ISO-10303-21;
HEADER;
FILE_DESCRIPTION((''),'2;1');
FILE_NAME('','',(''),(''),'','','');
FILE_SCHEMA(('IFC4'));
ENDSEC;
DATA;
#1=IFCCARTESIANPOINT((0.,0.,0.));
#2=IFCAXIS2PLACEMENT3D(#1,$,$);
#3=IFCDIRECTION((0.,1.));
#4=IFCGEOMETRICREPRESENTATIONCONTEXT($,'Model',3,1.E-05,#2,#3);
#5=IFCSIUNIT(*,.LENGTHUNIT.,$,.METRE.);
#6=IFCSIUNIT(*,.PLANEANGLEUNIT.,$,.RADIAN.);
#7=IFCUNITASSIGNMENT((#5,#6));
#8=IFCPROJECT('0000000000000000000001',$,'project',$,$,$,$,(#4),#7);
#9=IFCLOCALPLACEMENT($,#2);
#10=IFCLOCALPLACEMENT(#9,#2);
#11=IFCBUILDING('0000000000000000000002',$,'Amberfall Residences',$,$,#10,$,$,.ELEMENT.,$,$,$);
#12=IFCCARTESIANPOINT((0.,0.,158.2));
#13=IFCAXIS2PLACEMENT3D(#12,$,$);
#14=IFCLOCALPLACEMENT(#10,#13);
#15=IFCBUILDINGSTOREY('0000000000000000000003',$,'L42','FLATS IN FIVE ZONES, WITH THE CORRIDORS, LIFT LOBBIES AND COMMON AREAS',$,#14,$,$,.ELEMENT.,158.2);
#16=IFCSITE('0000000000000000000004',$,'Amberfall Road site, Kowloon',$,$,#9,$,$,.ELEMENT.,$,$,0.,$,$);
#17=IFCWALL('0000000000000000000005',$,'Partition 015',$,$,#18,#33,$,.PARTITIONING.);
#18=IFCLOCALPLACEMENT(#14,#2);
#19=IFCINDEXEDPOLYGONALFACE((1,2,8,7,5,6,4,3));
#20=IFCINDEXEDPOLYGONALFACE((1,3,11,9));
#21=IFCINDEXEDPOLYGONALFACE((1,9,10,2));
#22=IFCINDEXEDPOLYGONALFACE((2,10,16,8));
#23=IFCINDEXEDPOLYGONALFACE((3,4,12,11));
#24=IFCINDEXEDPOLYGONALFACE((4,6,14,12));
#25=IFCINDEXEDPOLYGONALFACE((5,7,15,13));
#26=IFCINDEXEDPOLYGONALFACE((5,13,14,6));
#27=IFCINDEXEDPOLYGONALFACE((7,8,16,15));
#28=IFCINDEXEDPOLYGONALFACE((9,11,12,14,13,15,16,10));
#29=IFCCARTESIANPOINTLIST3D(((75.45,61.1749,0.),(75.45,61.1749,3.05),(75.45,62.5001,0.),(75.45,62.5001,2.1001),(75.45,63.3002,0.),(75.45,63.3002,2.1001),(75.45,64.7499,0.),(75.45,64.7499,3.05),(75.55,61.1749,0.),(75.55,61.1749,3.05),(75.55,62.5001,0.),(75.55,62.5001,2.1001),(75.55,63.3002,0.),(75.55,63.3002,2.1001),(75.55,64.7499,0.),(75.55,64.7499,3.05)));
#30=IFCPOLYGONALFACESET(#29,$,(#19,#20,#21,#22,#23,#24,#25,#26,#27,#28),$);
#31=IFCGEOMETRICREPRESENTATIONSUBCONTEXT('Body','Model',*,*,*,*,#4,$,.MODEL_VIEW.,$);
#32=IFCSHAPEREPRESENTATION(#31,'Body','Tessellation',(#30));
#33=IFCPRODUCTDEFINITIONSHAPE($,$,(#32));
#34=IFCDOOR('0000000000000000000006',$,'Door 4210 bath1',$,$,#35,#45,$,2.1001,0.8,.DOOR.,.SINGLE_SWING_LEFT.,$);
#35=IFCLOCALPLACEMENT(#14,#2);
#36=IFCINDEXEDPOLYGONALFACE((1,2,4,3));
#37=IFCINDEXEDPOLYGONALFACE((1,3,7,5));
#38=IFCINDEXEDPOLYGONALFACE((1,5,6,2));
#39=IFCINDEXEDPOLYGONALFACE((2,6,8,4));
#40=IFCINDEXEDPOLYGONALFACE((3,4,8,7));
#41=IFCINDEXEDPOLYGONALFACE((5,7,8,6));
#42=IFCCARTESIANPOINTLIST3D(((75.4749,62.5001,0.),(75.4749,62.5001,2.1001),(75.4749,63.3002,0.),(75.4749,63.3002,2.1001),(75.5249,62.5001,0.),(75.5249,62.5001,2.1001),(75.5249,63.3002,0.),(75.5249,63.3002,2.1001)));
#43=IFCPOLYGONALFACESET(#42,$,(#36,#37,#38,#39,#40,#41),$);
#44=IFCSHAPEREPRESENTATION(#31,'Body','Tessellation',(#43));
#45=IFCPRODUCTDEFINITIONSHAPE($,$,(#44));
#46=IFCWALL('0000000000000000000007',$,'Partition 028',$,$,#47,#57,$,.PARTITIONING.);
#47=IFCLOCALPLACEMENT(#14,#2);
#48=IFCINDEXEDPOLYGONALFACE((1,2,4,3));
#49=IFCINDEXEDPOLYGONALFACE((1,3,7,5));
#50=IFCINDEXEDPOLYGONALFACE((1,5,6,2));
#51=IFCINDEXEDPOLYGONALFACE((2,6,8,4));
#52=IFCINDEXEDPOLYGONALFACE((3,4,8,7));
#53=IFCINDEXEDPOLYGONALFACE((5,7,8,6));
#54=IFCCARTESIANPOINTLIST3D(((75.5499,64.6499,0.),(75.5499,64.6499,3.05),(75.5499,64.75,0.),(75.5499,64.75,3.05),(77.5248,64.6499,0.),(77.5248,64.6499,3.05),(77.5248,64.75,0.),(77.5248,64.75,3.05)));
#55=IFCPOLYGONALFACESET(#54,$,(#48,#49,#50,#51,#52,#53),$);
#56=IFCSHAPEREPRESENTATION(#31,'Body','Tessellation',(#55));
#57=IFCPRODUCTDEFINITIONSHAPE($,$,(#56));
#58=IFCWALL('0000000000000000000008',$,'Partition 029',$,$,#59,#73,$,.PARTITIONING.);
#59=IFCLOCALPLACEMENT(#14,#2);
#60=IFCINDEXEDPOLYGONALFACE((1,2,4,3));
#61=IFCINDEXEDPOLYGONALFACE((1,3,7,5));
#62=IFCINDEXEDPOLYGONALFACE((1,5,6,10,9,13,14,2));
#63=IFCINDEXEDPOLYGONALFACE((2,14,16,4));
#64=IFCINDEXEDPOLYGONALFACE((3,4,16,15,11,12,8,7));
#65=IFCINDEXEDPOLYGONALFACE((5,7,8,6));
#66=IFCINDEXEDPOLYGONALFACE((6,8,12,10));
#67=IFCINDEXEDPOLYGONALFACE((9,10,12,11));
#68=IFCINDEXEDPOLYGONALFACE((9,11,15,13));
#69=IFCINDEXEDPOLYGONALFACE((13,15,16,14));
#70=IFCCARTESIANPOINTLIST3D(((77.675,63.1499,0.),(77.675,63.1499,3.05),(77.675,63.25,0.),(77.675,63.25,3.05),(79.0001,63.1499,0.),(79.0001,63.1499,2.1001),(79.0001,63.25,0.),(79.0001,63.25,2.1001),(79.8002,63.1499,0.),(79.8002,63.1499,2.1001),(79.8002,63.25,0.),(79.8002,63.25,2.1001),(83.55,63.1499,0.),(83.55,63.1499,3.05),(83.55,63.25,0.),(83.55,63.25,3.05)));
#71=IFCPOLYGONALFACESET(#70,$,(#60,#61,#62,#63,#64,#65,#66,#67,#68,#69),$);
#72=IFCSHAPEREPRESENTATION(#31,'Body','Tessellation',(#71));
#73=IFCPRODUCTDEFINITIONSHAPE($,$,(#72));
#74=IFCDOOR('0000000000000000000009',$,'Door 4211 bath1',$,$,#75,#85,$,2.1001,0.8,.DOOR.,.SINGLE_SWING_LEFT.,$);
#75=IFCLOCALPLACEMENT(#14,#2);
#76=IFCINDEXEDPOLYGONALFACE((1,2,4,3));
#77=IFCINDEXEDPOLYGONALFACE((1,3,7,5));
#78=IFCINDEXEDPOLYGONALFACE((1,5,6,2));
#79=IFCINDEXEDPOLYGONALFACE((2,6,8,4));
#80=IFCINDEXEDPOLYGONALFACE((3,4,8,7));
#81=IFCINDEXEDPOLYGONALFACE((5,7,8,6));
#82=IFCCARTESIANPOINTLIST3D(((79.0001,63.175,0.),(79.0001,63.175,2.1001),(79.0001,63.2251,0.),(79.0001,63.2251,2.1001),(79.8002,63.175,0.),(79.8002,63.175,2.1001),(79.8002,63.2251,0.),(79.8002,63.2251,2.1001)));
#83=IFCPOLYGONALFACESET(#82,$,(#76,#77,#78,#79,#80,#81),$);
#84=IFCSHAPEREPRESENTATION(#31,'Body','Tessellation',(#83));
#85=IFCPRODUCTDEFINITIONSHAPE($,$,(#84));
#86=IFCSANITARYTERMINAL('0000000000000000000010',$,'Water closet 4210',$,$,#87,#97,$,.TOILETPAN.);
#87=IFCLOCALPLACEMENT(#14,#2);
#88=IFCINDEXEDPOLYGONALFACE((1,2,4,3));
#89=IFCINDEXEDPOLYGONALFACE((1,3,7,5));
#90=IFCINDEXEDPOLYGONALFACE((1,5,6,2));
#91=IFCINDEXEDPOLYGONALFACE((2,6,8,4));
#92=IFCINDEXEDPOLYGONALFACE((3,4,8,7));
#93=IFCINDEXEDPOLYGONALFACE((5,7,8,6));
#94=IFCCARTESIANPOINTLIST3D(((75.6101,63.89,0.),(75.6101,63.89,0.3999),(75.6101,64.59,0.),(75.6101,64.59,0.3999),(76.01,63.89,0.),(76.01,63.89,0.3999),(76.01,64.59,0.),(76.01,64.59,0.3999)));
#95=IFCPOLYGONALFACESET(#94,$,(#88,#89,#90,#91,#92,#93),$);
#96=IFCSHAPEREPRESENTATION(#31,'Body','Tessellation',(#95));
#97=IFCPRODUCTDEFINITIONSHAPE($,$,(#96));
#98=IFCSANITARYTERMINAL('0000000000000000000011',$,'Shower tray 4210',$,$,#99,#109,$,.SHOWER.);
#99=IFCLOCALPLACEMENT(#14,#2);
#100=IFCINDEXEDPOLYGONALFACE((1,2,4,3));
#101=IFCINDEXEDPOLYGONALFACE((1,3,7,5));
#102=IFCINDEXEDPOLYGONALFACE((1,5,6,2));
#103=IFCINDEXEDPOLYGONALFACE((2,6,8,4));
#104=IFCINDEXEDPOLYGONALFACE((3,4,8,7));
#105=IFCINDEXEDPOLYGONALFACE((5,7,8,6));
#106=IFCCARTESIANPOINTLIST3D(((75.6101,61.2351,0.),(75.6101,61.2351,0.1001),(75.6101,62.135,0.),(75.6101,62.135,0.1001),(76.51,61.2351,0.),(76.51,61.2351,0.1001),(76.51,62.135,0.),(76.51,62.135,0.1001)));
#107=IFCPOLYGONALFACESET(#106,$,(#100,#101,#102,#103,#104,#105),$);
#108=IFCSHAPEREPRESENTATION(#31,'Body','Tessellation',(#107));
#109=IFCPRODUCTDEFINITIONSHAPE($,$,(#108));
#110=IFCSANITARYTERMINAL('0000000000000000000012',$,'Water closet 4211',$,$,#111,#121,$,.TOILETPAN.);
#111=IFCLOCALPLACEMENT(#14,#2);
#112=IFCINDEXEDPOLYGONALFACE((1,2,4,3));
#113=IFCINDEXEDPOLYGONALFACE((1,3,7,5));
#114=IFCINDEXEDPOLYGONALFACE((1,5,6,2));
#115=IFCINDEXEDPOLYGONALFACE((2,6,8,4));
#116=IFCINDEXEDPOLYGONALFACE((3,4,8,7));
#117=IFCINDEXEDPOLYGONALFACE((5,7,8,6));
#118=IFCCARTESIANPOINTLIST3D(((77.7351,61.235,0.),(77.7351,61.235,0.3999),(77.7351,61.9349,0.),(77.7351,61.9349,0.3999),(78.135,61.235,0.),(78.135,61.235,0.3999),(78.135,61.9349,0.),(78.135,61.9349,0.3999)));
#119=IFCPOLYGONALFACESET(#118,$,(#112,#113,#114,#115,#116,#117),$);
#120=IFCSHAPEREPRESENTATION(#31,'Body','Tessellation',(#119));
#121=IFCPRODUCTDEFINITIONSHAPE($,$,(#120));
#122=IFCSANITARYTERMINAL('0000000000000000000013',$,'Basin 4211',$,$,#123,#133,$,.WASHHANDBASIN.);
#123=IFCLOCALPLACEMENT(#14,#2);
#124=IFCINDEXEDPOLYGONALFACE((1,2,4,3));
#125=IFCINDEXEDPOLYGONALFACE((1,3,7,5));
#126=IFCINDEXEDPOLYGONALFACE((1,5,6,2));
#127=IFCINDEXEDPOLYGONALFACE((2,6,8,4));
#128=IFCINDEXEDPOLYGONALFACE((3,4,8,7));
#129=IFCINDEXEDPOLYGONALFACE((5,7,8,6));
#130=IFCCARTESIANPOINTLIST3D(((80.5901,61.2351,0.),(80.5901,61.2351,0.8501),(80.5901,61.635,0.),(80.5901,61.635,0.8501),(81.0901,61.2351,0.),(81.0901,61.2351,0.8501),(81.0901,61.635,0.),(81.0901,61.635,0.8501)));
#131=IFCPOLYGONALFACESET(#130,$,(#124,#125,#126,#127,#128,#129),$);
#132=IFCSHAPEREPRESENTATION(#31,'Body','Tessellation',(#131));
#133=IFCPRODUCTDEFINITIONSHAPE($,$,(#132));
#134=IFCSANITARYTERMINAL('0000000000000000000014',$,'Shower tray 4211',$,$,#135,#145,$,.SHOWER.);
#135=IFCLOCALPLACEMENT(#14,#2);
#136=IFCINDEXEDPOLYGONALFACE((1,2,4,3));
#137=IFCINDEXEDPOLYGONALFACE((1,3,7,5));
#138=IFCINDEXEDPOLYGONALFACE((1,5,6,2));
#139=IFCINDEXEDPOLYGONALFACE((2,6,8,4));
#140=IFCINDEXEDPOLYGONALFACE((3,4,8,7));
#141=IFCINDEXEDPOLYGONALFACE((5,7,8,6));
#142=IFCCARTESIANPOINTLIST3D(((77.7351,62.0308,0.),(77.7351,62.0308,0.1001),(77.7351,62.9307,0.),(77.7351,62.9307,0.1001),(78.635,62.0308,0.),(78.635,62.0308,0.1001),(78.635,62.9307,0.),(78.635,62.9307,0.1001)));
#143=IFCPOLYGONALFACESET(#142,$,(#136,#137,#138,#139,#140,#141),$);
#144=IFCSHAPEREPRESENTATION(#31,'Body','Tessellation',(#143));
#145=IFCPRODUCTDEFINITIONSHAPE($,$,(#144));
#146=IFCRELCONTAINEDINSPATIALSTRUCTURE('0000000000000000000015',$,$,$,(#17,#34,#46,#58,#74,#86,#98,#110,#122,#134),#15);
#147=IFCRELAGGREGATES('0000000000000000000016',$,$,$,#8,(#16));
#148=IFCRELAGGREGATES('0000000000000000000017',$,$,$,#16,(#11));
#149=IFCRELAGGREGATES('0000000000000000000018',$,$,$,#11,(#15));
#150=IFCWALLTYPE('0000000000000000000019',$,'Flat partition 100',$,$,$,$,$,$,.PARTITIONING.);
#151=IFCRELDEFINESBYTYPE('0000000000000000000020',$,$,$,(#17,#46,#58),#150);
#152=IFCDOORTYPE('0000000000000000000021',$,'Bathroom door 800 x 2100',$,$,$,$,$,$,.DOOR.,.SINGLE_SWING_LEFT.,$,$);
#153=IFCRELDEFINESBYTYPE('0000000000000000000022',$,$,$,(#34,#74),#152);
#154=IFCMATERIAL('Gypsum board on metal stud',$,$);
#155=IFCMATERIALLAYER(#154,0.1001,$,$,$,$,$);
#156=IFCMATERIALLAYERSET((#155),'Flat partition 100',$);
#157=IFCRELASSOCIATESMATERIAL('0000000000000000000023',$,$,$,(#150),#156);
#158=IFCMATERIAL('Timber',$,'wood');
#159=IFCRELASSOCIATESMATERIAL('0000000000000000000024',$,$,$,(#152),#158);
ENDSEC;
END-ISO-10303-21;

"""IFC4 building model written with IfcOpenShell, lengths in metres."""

from ifc_helpers import new_model, si_unit, direction, frame, frame_2d, origin, origin_2d, place, context, subcontext, project, spatial, rectangle, extrude, material, layer, layer_set, type_object, element, fill, save


model = new_model("IFC4")

# Units and contexts
model_context = context("Model", 3, precision=1e-05, world=origin(), true_north=direction((0.0, 1.0)))
body_context = subcontext(model_context, "Body", "Model", "MODEL_VIEW")
ifc_project = project(units=[si_unit("LENGTHUNIT", "METRE"), si_unit("PLANEANGLEUNIT", "RADIAN")], contexts=[model_context])

# Site, building, storey
site_placement = place(None, origin())
site = spatial("IfcSite", under=ifc_project, at=site_placement, Name="Amberfall Road site, Kowloon", CompositionType="ELEMENT", RefElevation=0.0)
building_placement = place(site_placement, origin())
building = spatial("IfcBuilding", under=site, at=building_placement, Name="Amberfall Residences", CompositionType="ELEMENT")
storey_placement = place(building_placement, frame((0.0, 0.0, 158.2)))
storey = spatial("IfcBuildingStorey", under=building, at=storey_placement, Name="L42", Description="FLATS IN FIVE ZONES, WITH THE CORRIDORS, LIFT LOBBIES AND COMMON AREAS", CompositionType="ELEMENT", Elevation=158.2)

# Wall, opening, door
ifc_material_1 = material(Name="Gypsum board on metal stud")
ifc_layer_1 = layer(ifc_material_1, 0.1001)
ifc_layer_set_1 = layer_set([ifc_layer_1], Name="Flat partition 100")
wall_type = type_object("IfcWallType", Name="Flat partition 100", PredefinedType="PARTITIONING", material=ifc_layer_set_1)
wall_1_placement = place(storey_placement, frame((75.5, 64.75, 0.0), z_axis=(0.0, 0.0, 1.0), x_axis=(0.0, -1.0, 0.0)))
wall_1 = element("IfcWall", 1, at=wall_1_placement, inside=storey, type_object=wall_type, Name="Partition 015", PredefinedType="PARTITIONING", context=body_context, shape_type="SweptSolid", body=[
    extrude(rectangle(XDim=3.575, YDim=0.1001, at=frame_2d((1.7876, 0.0))), origin(), (0.0, 0.0, 1.0), 3.05),
])
opening_1_placement = place(wall_1_placement, frame((1.45, 0.0, 0.0)))
opening_1 = element("IfcOpeningElement", 2, at=opening_1_placement, cuts=wall_1, PredefinedType="OPENING", context=body_context, shape_type="SweptSolid", body=[
    extrude(rectangle(XDim=0.8, YDim=2.1001, at=frame_2d((0.3999, 1.05))), frame((0.0, 0.0601, 0.0), z_axis=(0.0, -1.0, 0.0), x_axis=(1.0, 0.0, 0.0)), (0.0, 0.0, 1.0), 0.1201),
])
ifc_material_2 = material(Name="Timber", Category="wood")
door_type = type_object("IfcDoorType", Name="Bathroom door 800 x 2100", OperationType="SINGLE_SWING_LEFT", PredefinedType="DOOR", material=ifc_material_2)
door_1_placement = place(opening_1_placement, origin())
door_1 = element("IfcDoor", 3, at=door_1_placement, inside=storey, type_object=door_type, Name="Door 4210 bath1", OperationType="SINGLE_SWING_LEFT", OverallHeight=2.1001, OverallWidth=0.8, PredefinedType="DOOR", context=body_context, shape_type="SweptSolid", body=[
    extrude(rectangle(XDim=0.8, YDim=2.1001, at=frame_2d((0.3999, 1.05))), frame((0.0, 0.0249, 0.0), z_axis=(0.0, -1.0, 0.0), x_axis=(1.0, 0.0, 0.0)), (0.0, 0.0, 1.0), 0.05),
])
fill(opening_1, door_1)

# Wall
wall_2_placement = place(storey_placement, frame((75.55, 64.7, 0.0), z_axis=(0.0, 0.0, 1.0), x_axis=(1.0, 0.0, 0.0)))
element("IfcWall", 4, at=wall_2_placement, inside=storey, type_object=wall_type, Name="Partition 028", PredefinedType="PARTITIONING", context=body_context, shape_type="SweptSolid", body=[
    extrude(rectangle(XDim=1.9749, YDim=0.1001, at=frame_2d((0.9873, 0.0))), origin(), (0.0, 0.0, 1.0), 3.05),
])

# Wall, opening, door
wall_3_placement = place(storey_placement, frame((83.55, 63.2, 0.0), z_axis=(0.0, 0.0, 1.0), x_axis=(-1.0, 0.0, 0.0)))
wall_3 = element("IfcWall", 5, at=wall_3_placement, inside=storey, type_object=wall_type, Name="Partition 029", PredefinedType="PARTITIONING", context=body_context, shape_type="SweptSolid", body=[
    extrude(rectangle(XDim=5.875, YDim=0.1001, at=frame_2d((2.9375, 0.0))), origin(), (0.0, 0.0, 1.0), 3.05),
])
opening_2_placement = place(wall_3_placement, frame((3.75, 0.0, 0.0)))
opening_2 = element("IfcOpeningElement", 6, at=opening_2_placement, cuts=wall_3, PredefinedType="OPENING", context=body_context, shape_type="SweptSolid", body=[
    extrude(rectangle(XDim=0.8, YDim=2.1001, at=frame_2d((0.3999, 1.05))), frame((0.0, 0.0601, 0.0), z_axis=(0.0, -1.0, 0.0), x_axis=(1.0, 0.0, 0.0)), (0.0, 0.0, 1.0), 0.1201),
])
door_2_placement = place(opening_2_placement, origin())
door_2 = element("IfcDoor", 7, at=door_2_placement, inside=storey, type_object=door_type, Name="Door 4211 bath1", OperationType="SINGLE_SWING_LEFT", OverallHeight=2.1001, OverallWidth=0.8, PredefinedType="DOOR", context=body_context, shape_type="SweptSolid", body=[
    extrude(rectangle(XDim=0.8, YDim=2.1001, at=frame_2d((0.3999, 1.05))), frame((0.0, 0.0249, 0.0), z_axis=(0.0, -1.0, 0.0), x_axis=(1.0, 0.0, 0.0)), (0.0, 0.0, 1.0), 0.05),
])
fill(opening_2, door_2)

# Sanitary terminals
sanitary_terminal_1_placement = place(storey_placement, frame((75.8101, 64.24, 0.0), z_axis=(0.0, 0.0, 1.0), x_axis=(1.0, 0.0, 0.0)))
element("IfcSanitaryTerminal", 8, at=sanitary_terminal_1_placement, inside=storey, Name="Water closet 4210", PredefinedType="TOILETPAN", context=body_context, shape_type="SweptSolid", body=[
    extrude(rectangle(XDim=0.3999, YDim=0.7, at=origin_2d()), origin(), (0.0, 0.0, 1.0), 0.3999),
])
sanitary_terminal_2_placement = place(storey_placement, frame((76.0601, 61.6851, 0.0), z_axis=(0.0, 0.0, 1.0), x_axis=(1.0, 0.0, 0.0)))
element("IfcSanitaryTerminal", 9, at=sanitary_terminal_2_placement, inside=storey, Name="Shower tray 4210", PredefinedType="SHOWER", context=body_context, shape_type="SweptSolid", body=[
    extrude(rectangle(XDim=0.8999, YDim=0.8999, at=origin_2d()), origin(), (0.0, 0.0, 1.0), 0.1001),
])
sanitary_terminal_3_placement = place(storey_placement, frame((77.9351, 61.585, 0.0), z_axis=(0.0, 0.0, 1.0), x_axis=(1.0, 0.0, 0.0)))
element("IfcSanitaryTerminal", 10, at=sanitary_terminal_3_placement, inside=storey, Name="Water closet 4211", PredefinedType="TOILETPAN", context=body_context, shape_type="SweptSolid", body=[
    extrude(rectangle(XDim=0.3999, YDim=0.7, at=origin_2d()), origin(), (0.0, 0.0, 1.0), 0.3999),
])
sanitary_terminal_4_placement = place(storey_placement, frame((80.8401, 61.4351, 0.0), z_axis=(0.0, 0.0, 1.0), x_axis=(1.0, 0.0, 0.0)))
element("IfcSanitaryTerminal", 11, at=sanitary_terminal_4_placement, inside=storey, Name="Basin 4211", PredefinedType="WASHHANDBASIN", context=body_context, shape_type="SweptSolid", body=[
    extrude(rectangle(XDim=0.5, YDim=0.3999, at=origin_2d()), origin(), (0.0, 0.0, 1.0), 0.8501),
])
sanitary_terminal_5_placement = place(storey_placement, frame((78.1851, 62.4807, 0.0), z_axis=(0.0, 0.0, 1.0), x_axis=(1.0, 0.0, 0.0)))
element("IfcSanitaryTerminal", 12, at=sanitary_terminal_5_placement, inside=storey, Name="Shower tray 4211", PredefinedType="SHOWER", context=body_context, shape_type="SweptSolid", body=[
    extrude(rectangle(XDim=0.8999, YDim=0.8999, at=origin_2d()), origin(), (0.0, 0.0, 1.0), 0.1001),
])

save(model, "model.ifc")
